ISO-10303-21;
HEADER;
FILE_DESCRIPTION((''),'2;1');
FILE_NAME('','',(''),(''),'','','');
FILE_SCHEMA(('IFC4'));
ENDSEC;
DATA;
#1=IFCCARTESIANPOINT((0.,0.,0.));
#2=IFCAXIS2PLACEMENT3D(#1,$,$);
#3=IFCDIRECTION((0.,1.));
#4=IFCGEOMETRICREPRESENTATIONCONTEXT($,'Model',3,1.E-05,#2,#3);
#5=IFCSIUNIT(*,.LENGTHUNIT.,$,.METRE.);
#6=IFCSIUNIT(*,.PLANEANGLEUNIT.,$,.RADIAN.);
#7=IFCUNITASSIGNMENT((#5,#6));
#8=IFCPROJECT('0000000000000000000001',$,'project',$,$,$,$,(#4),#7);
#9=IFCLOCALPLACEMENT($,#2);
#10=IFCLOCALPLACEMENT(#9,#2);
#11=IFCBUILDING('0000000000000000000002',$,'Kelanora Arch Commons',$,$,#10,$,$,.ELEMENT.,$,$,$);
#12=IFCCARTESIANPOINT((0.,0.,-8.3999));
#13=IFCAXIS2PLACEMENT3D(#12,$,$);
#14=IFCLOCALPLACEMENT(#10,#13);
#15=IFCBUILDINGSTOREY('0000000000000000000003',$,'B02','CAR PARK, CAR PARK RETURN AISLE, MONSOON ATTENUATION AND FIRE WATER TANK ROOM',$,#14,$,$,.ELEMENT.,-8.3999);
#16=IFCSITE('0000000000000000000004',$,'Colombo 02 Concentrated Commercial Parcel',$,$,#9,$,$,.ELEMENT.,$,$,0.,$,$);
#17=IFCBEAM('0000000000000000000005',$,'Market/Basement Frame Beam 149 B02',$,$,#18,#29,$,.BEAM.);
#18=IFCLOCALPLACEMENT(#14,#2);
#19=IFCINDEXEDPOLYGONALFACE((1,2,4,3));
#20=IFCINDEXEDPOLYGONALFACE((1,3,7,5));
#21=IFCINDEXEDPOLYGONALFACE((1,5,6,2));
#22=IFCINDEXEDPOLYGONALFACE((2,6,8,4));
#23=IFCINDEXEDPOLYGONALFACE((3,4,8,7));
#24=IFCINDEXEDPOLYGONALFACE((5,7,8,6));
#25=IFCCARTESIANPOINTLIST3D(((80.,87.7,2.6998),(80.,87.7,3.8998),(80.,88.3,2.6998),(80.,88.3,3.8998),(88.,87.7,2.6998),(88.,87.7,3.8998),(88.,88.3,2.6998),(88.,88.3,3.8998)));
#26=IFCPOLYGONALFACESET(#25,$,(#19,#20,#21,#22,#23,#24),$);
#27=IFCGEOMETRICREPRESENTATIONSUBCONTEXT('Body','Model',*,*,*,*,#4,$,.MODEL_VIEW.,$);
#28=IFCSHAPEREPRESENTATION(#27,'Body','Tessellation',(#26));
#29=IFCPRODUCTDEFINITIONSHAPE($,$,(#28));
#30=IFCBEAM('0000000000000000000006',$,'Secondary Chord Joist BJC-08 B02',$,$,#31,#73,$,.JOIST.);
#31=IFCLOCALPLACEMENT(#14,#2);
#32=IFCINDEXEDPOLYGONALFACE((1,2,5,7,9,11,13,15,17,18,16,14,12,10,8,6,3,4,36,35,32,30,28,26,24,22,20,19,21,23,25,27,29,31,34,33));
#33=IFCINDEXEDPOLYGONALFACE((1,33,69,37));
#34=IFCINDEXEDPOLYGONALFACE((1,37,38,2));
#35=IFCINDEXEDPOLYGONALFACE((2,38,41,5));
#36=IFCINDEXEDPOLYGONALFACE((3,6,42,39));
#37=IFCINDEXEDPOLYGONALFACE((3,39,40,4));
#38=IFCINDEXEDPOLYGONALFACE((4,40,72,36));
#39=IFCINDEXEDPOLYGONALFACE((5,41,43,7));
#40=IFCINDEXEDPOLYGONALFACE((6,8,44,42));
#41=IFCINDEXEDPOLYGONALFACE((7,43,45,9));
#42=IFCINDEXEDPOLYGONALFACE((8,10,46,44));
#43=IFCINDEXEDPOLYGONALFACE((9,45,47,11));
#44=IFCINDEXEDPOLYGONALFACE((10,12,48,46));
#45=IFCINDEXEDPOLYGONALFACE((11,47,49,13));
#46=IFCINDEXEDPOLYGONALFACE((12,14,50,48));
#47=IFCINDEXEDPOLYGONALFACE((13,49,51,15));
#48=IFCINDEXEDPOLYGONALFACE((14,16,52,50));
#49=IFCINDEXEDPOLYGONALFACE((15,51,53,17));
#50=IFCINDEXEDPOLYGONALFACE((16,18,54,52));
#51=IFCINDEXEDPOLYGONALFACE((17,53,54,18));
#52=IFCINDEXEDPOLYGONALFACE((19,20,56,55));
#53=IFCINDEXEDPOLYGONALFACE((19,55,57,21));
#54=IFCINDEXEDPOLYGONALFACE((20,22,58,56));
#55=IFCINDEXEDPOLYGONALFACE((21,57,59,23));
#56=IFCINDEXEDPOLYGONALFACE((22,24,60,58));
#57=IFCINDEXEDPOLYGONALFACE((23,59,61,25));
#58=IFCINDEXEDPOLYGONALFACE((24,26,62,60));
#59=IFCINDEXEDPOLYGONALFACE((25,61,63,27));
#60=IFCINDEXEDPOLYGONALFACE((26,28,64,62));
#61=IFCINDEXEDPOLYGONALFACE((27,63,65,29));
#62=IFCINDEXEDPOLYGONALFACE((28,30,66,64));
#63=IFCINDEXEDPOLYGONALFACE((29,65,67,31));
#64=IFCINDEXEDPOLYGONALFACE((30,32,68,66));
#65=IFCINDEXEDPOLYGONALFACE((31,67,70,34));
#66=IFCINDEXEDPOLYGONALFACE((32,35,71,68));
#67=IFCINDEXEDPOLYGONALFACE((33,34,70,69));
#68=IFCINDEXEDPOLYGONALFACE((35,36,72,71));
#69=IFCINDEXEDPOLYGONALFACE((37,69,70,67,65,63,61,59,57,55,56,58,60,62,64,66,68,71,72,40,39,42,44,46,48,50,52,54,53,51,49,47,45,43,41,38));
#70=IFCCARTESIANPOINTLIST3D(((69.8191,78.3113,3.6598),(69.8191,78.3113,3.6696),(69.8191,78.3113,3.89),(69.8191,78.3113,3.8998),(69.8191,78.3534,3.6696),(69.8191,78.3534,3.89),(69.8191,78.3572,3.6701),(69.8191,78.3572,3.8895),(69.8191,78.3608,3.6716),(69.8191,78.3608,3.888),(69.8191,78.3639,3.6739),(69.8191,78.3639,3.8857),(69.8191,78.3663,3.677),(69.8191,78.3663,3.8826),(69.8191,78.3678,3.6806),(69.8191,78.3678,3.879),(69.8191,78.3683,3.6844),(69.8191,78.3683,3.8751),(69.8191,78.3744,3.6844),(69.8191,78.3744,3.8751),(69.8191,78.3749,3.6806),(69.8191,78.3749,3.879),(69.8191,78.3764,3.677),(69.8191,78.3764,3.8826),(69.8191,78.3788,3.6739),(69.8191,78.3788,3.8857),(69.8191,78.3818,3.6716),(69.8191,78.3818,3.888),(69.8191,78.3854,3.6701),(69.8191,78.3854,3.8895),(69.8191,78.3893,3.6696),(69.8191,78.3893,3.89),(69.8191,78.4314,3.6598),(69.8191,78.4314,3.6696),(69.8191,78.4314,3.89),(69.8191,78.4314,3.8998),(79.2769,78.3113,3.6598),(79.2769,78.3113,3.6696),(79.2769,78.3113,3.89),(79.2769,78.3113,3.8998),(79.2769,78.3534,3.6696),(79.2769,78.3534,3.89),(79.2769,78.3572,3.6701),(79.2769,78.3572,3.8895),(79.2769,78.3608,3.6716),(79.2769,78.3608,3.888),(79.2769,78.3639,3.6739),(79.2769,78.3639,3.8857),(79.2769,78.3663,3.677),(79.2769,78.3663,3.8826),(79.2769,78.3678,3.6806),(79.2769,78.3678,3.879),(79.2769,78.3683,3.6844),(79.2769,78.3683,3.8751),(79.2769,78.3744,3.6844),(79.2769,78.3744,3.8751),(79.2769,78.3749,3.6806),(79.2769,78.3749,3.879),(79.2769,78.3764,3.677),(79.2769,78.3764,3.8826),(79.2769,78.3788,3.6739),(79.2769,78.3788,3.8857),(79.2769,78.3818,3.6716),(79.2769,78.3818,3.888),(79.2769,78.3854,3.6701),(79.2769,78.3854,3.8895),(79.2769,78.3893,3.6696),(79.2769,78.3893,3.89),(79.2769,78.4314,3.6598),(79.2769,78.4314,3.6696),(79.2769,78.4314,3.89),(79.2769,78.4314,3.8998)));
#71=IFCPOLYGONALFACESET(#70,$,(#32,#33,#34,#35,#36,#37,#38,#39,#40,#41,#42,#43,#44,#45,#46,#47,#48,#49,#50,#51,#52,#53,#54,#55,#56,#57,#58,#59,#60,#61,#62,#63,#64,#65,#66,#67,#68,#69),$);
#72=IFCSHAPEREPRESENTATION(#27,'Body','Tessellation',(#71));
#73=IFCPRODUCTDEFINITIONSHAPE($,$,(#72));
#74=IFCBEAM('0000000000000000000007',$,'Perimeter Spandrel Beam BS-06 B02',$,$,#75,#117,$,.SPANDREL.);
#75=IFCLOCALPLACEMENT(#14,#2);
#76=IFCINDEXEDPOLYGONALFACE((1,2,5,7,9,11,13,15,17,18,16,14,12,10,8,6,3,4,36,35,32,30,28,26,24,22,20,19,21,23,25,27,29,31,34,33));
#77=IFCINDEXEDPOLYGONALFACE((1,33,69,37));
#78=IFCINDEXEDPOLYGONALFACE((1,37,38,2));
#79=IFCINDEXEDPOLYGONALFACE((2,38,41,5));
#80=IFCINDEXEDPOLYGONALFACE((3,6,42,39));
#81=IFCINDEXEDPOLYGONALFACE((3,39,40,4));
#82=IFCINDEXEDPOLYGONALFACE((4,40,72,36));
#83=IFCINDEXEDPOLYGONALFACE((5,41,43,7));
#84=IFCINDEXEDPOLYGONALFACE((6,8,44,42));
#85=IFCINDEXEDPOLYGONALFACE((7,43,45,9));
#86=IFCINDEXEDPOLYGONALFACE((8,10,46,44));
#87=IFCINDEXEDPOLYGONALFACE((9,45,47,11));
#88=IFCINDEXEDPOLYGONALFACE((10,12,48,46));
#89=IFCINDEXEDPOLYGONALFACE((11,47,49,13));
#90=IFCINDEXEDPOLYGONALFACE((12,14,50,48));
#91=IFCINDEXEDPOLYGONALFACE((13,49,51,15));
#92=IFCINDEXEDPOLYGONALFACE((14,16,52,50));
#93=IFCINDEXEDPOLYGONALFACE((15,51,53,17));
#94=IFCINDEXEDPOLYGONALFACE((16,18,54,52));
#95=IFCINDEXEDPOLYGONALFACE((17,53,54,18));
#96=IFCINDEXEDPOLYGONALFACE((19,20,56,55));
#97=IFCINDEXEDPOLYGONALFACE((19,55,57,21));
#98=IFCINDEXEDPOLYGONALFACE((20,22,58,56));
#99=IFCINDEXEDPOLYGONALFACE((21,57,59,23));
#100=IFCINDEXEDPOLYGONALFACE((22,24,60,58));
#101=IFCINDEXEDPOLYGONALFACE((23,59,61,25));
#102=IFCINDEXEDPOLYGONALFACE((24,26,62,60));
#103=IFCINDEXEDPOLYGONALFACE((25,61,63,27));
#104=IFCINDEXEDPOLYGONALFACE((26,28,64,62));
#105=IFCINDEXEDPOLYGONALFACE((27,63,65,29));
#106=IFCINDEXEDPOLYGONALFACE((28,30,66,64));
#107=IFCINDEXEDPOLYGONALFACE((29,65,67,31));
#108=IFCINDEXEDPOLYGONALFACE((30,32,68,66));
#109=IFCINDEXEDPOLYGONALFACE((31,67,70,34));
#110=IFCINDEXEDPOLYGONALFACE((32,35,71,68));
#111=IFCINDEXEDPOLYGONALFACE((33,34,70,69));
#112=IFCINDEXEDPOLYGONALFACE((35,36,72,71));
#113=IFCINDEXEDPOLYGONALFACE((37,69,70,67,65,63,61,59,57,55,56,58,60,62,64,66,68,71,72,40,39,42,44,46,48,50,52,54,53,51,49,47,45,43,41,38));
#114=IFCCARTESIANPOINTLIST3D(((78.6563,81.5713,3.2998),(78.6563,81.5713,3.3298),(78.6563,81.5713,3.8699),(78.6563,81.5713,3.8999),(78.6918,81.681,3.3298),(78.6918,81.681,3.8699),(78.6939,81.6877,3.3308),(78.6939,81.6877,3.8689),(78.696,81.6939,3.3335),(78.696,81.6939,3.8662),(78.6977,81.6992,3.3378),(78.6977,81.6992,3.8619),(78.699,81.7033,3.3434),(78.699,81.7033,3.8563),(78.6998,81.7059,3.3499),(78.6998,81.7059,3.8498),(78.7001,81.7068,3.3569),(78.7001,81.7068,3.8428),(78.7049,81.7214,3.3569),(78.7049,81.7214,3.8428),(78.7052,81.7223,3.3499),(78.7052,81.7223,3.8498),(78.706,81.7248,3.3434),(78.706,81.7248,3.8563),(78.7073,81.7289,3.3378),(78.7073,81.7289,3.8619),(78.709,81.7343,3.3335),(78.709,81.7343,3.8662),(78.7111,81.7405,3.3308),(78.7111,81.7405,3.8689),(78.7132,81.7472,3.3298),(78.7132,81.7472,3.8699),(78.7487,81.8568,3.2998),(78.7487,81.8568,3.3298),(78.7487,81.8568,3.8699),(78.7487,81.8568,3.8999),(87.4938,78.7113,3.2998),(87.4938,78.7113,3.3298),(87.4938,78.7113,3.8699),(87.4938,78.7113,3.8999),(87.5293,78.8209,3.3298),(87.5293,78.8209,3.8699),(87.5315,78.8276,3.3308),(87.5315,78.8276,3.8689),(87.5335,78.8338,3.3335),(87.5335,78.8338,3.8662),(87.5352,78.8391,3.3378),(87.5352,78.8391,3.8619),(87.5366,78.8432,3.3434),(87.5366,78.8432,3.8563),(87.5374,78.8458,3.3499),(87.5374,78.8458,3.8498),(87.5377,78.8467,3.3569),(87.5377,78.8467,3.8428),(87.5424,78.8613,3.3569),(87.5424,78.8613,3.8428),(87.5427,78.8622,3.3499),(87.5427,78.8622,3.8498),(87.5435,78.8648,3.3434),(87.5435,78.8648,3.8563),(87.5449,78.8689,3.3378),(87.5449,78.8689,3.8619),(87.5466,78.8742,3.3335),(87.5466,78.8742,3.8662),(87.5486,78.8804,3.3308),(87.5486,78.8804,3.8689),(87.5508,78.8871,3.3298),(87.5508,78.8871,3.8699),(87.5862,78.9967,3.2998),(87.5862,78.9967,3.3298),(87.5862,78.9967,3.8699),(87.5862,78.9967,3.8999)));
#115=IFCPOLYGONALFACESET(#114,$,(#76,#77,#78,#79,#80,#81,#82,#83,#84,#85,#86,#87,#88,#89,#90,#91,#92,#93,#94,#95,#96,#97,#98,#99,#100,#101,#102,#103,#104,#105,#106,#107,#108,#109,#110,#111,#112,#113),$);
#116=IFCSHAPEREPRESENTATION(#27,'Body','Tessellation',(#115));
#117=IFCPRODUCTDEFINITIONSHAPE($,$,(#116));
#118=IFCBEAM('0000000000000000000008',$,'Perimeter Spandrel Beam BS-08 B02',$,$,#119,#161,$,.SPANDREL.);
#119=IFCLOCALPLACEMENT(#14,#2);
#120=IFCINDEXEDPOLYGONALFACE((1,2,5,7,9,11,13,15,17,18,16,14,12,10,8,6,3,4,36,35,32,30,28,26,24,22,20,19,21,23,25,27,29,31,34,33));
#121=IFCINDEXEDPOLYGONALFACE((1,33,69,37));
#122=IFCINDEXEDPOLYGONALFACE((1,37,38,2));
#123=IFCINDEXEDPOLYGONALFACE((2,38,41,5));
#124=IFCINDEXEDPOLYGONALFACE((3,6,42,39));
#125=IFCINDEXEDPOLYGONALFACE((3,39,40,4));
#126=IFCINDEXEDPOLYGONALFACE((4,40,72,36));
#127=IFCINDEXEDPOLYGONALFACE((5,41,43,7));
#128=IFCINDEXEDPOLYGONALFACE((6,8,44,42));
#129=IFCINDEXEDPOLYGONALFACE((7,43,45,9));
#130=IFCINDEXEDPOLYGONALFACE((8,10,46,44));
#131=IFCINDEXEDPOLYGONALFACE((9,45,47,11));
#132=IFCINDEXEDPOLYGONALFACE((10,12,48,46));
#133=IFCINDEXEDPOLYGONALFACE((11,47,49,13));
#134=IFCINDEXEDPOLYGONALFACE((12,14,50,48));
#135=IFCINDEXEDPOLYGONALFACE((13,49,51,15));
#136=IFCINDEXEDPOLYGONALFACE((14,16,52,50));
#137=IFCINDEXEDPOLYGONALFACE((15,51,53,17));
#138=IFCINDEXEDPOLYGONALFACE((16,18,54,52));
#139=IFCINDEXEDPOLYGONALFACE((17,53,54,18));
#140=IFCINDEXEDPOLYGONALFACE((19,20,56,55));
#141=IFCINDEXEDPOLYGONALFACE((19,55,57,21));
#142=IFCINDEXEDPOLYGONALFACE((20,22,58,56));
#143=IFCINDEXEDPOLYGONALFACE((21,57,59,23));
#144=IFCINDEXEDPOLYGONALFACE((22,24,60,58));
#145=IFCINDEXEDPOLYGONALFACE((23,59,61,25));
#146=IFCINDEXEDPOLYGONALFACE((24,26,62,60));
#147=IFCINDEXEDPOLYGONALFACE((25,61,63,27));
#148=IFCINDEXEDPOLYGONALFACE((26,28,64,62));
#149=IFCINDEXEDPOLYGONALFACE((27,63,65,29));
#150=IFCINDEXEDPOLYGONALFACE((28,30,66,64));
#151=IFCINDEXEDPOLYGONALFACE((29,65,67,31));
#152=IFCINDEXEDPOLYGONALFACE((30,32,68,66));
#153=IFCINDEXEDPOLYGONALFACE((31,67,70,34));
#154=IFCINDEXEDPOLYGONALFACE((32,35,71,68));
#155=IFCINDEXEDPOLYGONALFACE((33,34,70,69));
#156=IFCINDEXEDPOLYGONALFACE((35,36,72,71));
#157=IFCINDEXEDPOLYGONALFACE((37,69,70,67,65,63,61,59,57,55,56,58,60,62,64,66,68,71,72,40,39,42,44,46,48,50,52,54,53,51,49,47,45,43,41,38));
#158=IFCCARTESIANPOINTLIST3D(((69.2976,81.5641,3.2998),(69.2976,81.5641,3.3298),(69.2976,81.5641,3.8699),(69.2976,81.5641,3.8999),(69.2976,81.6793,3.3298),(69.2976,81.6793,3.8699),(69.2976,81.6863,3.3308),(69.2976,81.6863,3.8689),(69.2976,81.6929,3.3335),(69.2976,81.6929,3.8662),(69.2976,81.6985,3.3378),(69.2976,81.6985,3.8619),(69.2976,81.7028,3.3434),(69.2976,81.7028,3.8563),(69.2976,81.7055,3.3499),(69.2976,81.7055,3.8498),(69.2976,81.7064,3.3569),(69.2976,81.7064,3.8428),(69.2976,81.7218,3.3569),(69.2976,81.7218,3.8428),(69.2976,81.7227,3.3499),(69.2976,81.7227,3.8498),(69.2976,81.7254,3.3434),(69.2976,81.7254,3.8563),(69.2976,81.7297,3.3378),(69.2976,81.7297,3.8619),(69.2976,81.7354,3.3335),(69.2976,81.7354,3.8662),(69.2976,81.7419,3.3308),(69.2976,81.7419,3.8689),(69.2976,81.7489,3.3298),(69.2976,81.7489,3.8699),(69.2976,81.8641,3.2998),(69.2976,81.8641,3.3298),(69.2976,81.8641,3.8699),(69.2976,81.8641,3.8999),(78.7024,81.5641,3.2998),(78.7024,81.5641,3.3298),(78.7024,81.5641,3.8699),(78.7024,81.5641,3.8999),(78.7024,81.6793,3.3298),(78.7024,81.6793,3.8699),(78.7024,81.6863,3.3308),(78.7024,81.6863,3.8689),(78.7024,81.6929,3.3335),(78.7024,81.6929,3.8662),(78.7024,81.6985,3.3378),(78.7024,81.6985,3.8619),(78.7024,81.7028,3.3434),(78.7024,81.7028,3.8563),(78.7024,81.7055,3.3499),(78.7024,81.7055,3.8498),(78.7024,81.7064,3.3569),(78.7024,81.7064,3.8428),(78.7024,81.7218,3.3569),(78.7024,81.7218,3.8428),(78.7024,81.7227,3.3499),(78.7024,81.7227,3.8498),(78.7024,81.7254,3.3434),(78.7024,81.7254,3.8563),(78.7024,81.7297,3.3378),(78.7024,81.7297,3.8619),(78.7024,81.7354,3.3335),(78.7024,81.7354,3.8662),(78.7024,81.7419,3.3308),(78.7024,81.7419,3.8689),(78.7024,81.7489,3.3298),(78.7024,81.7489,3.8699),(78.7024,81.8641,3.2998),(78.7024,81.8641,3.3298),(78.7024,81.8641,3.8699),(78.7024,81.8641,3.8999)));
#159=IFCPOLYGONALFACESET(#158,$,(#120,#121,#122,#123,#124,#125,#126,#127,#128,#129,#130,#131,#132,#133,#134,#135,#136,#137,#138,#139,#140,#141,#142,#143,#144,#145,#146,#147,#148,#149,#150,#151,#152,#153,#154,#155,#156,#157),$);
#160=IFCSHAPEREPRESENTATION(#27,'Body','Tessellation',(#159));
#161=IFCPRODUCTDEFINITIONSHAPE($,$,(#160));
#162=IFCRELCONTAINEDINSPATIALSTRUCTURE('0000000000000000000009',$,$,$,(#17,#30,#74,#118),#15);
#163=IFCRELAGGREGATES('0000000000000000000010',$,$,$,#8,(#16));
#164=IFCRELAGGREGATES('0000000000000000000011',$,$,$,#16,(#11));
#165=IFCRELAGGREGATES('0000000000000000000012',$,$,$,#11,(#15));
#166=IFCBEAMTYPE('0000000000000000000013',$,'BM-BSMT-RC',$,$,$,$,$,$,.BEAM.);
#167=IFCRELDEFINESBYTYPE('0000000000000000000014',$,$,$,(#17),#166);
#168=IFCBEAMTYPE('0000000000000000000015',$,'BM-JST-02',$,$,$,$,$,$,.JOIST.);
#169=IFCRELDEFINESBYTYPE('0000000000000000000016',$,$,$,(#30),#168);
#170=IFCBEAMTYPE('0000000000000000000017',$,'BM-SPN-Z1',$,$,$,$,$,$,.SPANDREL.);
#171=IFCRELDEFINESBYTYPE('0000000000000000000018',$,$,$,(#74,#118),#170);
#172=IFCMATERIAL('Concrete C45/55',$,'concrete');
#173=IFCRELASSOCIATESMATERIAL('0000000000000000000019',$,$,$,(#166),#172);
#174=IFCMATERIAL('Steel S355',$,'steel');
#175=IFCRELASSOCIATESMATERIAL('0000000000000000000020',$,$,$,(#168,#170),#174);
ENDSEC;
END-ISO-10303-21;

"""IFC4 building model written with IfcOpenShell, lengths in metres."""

from ifc_helpers import new_model, si_unit, direction, frame, origin, origin_2d, place, context, subcontext, project, spatial, rectangle, i_section, extrude, material, material_profile, profile_set, type_object, element, save


model = new_model("IFC4")

# Units and contexts
model_context = context("Model", 3, precision=1e-05, world=origin(), true_north=direction((0.0, 1.0)))
body_context = subcontext(model_context, "Body", "Model", "MODEL_VIEW")
ifc_project = project(units=[si_unit("LENGTHUNIT", "METRE"), si_unit("PLANEANGLEUNIT", "RADIAN")], contexts=[model_context])

# Site, building, storey
site_placement = place(None, origin())
site = spatial("IfcSite", under=ifc_project, at=site_placement, Name="Colombo 02 Concentrated Commercial Parcel", CompositionType="ELEMENT", RefElevation=0.0)
building_placement = place(site_placement, origin())
building = spatial("IfcBuilding", under=site, at=building_placement, Name="Kelanora Arch Commons", CompositionType="ELEMENT")
storey_placement = place(building_placement, frame((0.0, 0.0, -8.3999)))
storey = spatial("IfcBuildingStorey", under=building, at=storey_placement, Name="B02", Description="CAR PARK, CAR PARK RETURN AISLE, MONSOON ATTENUATION AND FIRE WATER TANK ROOM", CompositionType="ELEMENT", Elevation=-8.3999)

# Shared definitions
ifc_material_1 = material(Name="Concrete C45/55", Category="concrete")

# Shared definitions
ifc_material_2 = material(Name="Steel S355", Category="steel")

# Beams
ifc_material_profile_1 = material_profile(ifc_material_1, rectangle(XDim=0.6001, YDim=1.2, at=origin_2d()), Name="RCB600x1200")
ifc_profile_set_1 = profile_set([ifc_material_profile_1], Name="Concrete C45/55")
beam_type_1 = type_object("IfcBeamType", Name="BM-BSMT-RC", PredefinedType="BEAM", material=ifc_profile_set_1)
beam_1_placement = place(storey_placement, frame((80.0, 88.0, 3.2998), z_axis=(1.0, 0.0, 0.0), x_axis=(0.0, 1.0, 0.0)))
element("IfcBeam", 1, at=beam_1_placement, inside=storey, type_object=beam_type_1, Name="Market/Basement Frame Beam 149 B02", PredefinedType="BEAM", context=body_context, shape_type="SweptSolid", body=[
    extrude(rectangle(XDim=0.6001, YDim=1.2, at=origin_2d()), origin(), (0.0, 0.0, 1.0), 8.0),
])
ifc_material_profile_2 = material_profile(ifc_material_2, i_section(OverallWidth=0.1201, OverallDepth=0.24, WebThickness=0.0061, FlangeThickness=0.0098, FilletRadius=0.0149, at=origin_2d()), Name="IPE240")
ifc_profile_set_2 = profile_set([ifc_material_profile_2], Name="Steel S355")
beam_type_2 = type_object("IfcBeamType", Name="BM-JST-02", PredefinedType="JOIST", material=ifc_profile_set_2)
beam_2_placement = place(storey_placement, frame((79.2769, 78.3713, 3.7798), z_axis=(-1.0, 0.0, 0.0), x_axis=(0.0, -1.0, 0.0)))
element("IfcBeam", 2, at=beam_2_placement, inside=storey, type_object=beam_type_2, Name="Secondary Chord Joist BJC-08 B02", PredefinedType="JOIST", context=body_context, shape_type="SweptSolid", body=[
    extrude(i_section(OverallWidth=0.1201, OverallDepth=0.24, WebThickness=0.0061, FlangeThickness=0.0098, FilletRadius=0.0149, at=origin_2d()), origin(), (0.0, 0.0, 1.0), 9.4578),
])
ifc_material_profile_3 = material_profile(ifc_material_2, i_section(OverallWidth=0.3, OverallDepth=0.6001, WebThickness=0.0154, FlangeThickness=0.03, FilletRadius=0.0271, at=origin_2d()), Name="HEB600")
ifc_profile_set_3 = profile_set([ifc_material_profile_3], Name="Steel S355")
beam_type_3 = type_object("IfcBeamType", Name="BM-SPN-Z1", PredefinedType="SPANDREL", material=ifc_profile_set_3)
beam_3_placement = place(storey_placement, frame((87.54, 78.854, 3.5999), z_axis=(-0.951417, 0.307905, 0.0), x_axis=(-0.307905, -0.951417, 0.0)))
element("IfcBeam", 3, at=beam_3_placement, inside=storey, type_object=beam_type_3, Name="Perimeter Spandrel Beam BS-06 B02", PredefinedType="SPANDREL", context=body_context, shape_type="SweptSolid", body=[
    extrude(i_section(OverallWidth=0.3, OverallDepth=0.6001, WebThickness=0.0154, FlangeThickness=0.03, FilletRadius=0.0271, at=origin_2d()), origin(), (0.0, 0.0, 1.0), 9.2888),
])
beam_4_placement = place(storey_placement, frame((78.7024, 81.7141, 3.5999), z_axis=(-1.0, 0.0, 0.0), x_axis=(0.0, -1.0, 0.0)))
element("IfcBeam", 4, at=beam_4_placement, inside=storey, type_object=beam_type_3, Name="Perimeter Spandrel Beam BS-08 B02", PredefinedType="SPANDREL", context=body_context, shape_type="SweptSolid", body=[
    extrude(i_section(OverallWidth=0.3, OverallDepth=0.6001, WebThickness=0.0154, FlangeThickness=0.03, FilletRadius=0.0271, at=origin_2d()), origin(), (0.0, 0.0, 1.0), 9.4048),
])

save(model, "model.ifc")
